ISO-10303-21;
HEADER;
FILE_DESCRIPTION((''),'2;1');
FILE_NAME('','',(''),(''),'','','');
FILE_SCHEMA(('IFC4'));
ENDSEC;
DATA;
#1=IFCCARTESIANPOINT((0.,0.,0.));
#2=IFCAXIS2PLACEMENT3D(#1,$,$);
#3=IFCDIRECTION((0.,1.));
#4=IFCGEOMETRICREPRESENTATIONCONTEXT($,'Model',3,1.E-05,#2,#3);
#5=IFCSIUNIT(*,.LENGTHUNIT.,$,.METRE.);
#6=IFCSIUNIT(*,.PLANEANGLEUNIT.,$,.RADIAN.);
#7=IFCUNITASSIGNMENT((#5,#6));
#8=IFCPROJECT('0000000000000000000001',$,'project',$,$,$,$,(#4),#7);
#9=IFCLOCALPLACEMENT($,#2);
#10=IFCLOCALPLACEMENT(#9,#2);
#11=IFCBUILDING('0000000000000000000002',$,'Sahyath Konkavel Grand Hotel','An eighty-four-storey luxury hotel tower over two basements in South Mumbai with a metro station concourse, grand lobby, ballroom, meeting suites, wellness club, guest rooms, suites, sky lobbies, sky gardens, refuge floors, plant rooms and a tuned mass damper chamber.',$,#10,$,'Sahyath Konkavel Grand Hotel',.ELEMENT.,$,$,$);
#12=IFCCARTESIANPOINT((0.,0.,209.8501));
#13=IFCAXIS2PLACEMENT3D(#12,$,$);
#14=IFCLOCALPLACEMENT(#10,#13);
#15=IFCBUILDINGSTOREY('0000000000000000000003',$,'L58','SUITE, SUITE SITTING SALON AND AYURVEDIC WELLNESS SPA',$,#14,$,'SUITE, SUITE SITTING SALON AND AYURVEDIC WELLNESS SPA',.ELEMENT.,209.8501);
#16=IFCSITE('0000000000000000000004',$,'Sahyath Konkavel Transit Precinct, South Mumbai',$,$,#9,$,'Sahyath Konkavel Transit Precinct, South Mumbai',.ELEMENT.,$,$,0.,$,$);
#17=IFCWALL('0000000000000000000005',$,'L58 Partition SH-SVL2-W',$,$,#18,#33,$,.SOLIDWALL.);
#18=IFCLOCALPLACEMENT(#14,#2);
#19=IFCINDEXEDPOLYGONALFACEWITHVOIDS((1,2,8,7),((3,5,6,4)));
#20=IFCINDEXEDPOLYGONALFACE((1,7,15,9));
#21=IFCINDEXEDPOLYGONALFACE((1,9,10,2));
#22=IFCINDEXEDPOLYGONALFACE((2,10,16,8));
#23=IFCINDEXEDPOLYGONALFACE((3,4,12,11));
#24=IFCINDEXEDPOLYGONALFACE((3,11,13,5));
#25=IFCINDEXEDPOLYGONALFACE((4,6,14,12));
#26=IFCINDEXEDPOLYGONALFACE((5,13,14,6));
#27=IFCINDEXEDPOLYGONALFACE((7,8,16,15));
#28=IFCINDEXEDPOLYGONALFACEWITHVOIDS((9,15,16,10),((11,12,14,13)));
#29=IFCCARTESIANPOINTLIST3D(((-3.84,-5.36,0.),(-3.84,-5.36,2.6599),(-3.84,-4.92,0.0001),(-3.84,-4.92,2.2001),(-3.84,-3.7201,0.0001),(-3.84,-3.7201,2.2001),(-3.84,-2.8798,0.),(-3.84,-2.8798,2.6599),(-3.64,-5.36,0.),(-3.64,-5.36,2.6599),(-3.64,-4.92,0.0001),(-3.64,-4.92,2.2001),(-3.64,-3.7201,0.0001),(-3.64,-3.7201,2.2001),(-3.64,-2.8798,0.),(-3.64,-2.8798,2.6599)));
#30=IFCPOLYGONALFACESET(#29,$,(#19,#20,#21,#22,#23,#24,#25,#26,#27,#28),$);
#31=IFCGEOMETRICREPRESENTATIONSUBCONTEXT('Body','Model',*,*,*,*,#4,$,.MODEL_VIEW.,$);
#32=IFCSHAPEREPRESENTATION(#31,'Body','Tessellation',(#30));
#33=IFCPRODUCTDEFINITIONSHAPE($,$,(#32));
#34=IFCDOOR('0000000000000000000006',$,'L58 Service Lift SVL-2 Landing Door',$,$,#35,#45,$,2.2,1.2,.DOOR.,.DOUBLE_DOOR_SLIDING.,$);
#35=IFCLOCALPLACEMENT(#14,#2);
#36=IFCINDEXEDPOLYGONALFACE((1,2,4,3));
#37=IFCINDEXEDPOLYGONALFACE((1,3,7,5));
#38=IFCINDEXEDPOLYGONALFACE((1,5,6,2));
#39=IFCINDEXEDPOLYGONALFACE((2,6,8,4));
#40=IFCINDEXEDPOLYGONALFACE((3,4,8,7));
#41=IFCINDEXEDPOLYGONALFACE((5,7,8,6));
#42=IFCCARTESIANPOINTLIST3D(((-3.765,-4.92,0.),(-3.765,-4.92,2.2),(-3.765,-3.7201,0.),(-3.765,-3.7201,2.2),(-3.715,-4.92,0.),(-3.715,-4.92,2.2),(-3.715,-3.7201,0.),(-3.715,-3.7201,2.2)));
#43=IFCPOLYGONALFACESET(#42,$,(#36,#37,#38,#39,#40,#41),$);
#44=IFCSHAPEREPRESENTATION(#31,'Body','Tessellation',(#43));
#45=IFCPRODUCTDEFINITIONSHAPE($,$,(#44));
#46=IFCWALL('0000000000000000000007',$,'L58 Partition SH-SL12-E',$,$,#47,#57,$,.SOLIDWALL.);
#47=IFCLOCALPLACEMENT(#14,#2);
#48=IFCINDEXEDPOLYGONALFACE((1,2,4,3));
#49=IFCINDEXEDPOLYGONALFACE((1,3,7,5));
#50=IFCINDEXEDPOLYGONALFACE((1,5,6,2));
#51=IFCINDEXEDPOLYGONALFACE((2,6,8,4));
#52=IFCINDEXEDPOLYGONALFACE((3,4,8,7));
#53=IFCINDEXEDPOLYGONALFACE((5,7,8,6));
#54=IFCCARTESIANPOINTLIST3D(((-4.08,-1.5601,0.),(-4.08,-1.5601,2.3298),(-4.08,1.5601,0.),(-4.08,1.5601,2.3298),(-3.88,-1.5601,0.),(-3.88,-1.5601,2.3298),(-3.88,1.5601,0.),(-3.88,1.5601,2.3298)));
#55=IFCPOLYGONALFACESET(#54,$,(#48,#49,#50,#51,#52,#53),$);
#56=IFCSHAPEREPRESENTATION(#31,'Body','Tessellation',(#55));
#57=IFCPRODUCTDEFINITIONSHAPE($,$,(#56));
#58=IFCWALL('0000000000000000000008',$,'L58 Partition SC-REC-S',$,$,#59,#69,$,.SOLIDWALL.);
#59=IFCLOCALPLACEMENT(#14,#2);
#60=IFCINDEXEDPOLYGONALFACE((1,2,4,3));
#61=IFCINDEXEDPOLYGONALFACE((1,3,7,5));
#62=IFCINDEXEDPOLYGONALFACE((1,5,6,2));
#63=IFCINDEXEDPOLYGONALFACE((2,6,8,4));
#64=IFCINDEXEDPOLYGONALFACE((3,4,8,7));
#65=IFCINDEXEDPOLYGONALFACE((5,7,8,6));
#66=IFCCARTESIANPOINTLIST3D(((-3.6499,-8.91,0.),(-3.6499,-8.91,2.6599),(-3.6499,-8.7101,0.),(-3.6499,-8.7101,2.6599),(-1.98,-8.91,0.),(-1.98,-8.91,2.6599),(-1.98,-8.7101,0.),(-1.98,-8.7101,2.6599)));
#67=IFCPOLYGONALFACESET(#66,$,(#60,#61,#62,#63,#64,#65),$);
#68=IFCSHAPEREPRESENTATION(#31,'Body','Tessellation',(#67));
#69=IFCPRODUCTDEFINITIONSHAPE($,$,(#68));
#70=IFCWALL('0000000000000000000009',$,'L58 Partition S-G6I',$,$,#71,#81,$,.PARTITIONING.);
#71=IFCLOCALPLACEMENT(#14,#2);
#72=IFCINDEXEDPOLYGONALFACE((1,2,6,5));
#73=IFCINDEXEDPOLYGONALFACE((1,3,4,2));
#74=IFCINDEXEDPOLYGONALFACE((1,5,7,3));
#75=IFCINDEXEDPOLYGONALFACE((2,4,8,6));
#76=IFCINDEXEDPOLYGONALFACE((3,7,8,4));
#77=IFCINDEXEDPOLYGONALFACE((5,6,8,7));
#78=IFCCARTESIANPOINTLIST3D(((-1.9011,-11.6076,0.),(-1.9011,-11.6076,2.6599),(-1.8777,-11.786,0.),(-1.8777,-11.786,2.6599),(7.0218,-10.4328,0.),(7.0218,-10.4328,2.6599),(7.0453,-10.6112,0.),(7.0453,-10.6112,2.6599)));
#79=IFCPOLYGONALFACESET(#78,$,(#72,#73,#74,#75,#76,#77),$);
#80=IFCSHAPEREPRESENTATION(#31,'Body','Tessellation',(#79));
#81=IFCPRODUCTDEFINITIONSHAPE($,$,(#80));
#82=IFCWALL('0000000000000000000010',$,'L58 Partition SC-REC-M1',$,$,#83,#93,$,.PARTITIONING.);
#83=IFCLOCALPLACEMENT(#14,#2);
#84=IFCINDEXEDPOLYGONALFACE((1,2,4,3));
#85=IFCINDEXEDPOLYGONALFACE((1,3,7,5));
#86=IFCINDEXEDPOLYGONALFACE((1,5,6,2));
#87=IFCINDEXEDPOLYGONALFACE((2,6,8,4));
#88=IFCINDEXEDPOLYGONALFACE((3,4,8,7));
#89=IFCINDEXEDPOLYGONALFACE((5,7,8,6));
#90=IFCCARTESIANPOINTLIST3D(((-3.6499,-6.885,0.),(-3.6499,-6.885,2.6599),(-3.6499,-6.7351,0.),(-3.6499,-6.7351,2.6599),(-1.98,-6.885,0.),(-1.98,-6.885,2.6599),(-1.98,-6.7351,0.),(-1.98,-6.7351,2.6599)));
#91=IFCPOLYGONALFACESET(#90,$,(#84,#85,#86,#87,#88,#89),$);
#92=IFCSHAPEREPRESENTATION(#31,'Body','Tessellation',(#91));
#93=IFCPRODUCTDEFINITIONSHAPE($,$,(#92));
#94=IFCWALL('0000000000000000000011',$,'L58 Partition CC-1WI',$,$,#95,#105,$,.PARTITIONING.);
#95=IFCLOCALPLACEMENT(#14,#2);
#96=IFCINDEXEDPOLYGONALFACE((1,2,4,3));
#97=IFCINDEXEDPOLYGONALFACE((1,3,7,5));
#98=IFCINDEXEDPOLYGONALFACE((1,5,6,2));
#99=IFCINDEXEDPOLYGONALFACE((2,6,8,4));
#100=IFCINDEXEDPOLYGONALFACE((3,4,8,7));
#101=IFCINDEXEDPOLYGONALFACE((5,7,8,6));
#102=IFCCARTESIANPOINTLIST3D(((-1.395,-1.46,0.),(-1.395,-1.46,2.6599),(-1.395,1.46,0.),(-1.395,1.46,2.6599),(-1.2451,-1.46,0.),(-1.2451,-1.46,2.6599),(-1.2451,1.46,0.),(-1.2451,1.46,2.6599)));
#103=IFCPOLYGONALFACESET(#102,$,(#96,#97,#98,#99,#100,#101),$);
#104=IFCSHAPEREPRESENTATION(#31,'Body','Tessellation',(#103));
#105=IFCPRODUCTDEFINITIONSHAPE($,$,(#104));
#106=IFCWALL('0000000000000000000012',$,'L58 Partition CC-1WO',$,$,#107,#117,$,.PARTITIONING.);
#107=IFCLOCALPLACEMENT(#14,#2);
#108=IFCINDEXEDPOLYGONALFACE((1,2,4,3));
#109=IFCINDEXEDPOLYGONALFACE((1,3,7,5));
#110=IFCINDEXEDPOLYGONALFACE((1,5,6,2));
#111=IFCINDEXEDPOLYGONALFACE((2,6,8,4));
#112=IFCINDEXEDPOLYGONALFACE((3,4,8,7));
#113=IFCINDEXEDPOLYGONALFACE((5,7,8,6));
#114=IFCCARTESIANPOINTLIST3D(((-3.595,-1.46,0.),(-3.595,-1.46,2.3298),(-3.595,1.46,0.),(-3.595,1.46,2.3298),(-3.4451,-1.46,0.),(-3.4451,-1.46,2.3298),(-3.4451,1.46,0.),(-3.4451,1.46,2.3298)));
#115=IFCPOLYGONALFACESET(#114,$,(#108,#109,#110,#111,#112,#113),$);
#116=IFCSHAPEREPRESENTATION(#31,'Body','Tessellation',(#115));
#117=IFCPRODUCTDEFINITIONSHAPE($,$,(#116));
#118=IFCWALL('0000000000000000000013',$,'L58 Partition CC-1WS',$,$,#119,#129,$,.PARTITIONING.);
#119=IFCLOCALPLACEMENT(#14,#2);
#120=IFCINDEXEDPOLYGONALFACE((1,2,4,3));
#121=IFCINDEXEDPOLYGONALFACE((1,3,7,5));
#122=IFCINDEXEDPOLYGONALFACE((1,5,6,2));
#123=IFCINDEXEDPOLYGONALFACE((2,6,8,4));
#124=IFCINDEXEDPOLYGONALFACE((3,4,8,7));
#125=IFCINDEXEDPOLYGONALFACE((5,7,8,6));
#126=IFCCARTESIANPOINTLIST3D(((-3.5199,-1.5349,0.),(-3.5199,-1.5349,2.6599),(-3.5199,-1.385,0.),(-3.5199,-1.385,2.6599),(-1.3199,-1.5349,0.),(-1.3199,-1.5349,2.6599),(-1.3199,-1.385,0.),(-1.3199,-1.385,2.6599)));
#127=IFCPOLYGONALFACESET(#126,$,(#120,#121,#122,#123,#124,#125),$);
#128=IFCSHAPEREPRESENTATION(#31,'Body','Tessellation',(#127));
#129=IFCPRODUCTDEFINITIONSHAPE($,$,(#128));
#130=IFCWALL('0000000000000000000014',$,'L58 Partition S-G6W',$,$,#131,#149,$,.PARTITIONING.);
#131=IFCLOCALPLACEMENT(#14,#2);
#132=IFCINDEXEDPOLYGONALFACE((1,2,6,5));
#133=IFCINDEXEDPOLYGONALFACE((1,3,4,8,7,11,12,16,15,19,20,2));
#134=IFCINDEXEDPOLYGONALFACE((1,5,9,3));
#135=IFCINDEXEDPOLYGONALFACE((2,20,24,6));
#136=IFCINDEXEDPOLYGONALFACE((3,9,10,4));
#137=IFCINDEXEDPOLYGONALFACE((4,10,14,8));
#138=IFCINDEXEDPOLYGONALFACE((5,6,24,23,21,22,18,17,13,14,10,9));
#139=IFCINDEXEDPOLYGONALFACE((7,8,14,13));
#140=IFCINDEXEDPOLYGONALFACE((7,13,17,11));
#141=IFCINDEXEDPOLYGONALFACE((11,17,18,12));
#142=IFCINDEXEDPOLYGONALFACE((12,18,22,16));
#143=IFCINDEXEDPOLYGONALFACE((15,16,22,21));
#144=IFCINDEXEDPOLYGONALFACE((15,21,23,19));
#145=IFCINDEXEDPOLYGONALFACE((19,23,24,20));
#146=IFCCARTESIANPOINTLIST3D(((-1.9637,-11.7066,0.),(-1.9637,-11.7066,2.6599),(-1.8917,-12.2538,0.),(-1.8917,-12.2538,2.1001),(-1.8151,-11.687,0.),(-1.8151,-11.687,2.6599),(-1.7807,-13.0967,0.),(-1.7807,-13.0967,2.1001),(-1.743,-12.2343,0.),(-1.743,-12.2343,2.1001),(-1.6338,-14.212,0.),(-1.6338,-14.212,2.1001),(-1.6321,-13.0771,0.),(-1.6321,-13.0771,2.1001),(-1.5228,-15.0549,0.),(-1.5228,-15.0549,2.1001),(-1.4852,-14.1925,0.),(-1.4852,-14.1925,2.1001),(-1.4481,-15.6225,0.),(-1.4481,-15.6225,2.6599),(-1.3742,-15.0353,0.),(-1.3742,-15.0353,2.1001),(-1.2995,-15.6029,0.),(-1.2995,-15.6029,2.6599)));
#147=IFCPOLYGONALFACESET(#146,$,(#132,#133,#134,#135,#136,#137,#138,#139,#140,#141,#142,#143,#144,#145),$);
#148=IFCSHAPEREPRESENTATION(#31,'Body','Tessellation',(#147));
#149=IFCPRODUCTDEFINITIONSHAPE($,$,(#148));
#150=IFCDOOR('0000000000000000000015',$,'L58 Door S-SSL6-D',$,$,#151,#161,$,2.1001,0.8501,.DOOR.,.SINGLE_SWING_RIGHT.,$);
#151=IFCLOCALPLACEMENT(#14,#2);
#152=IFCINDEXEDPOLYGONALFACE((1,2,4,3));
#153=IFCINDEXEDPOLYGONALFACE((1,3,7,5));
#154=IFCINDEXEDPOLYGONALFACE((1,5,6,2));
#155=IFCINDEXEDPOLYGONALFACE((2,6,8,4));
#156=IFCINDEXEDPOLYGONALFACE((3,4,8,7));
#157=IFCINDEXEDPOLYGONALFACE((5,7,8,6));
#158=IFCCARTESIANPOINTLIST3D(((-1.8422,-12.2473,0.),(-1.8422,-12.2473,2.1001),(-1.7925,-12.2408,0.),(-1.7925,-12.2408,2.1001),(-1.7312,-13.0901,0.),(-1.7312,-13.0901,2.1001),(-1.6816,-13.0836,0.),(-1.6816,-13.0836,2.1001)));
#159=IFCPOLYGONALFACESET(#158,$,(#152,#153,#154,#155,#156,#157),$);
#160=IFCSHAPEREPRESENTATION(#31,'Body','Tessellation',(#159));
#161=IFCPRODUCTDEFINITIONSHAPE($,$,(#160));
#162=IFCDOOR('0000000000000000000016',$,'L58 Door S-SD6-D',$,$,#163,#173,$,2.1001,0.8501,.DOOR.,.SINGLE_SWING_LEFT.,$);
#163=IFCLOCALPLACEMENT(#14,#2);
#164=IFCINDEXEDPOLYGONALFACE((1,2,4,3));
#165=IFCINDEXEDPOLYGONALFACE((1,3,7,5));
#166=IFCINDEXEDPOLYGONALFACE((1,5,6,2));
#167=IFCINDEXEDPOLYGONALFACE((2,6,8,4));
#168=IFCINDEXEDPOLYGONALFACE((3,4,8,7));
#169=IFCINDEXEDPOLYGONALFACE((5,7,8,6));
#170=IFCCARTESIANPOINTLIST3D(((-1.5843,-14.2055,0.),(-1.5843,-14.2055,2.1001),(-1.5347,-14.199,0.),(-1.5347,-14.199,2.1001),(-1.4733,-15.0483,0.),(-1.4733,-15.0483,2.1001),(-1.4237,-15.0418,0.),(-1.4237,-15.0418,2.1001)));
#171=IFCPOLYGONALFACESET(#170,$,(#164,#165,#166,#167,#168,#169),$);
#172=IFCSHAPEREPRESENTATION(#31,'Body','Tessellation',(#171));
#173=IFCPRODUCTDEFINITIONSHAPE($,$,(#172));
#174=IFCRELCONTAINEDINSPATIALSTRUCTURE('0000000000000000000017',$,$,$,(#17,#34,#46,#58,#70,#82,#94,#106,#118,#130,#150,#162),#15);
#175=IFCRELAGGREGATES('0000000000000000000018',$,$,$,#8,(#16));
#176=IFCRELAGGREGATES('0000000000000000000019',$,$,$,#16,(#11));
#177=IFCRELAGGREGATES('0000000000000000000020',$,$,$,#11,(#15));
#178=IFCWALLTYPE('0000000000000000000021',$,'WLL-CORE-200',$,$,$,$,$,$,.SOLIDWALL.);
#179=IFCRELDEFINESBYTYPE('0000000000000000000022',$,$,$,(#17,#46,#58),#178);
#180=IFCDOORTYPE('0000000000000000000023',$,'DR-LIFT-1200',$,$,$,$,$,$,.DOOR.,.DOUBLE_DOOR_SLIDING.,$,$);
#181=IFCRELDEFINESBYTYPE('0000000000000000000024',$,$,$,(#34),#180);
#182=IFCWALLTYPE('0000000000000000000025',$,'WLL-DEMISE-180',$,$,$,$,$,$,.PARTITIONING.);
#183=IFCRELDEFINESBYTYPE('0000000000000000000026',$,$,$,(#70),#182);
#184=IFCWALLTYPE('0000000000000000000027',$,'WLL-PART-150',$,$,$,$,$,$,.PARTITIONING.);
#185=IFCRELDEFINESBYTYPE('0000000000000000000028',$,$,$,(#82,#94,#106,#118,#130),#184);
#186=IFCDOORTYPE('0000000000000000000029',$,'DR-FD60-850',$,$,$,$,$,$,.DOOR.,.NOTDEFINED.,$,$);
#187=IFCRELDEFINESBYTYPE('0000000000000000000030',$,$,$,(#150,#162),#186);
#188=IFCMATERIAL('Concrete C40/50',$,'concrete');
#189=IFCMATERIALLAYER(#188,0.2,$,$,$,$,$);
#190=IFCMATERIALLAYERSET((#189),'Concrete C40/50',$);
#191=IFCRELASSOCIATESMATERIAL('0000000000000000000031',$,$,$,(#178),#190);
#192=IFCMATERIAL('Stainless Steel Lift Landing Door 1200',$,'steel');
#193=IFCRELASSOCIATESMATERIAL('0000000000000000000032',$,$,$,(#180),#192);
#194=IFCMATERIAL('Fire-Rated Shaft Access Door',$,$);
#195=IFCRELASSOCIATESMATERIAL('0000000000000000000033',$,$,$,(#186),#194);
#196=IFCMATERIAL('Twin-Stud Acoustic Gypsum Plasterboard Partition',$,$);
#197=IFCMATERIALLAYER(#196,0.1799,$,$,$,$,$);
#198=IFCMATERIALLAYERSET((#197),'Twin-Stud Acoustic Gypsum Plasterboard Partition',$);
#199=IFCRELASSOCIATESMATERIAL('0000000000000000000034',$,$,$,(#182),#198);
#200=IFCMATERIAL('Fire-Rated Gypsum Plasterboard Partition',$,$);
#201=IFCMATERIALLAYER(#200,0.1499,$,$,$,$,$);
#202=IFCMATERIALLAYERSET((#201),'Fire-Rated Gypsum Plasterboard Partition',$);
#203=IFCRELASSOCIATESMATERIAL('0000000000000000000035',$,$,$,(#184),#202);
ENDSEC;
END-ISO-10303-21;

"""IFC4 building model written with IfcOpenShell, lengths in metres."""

from ifc_helpers import new_model, si_unit, direction, frame, frame_2d, origin, origin_2d, place, context, subcontext, project, spatial, rectangle, extrude, source, transform, mapped, material, layer, layer_set, type_object, element, fill, save


model = new_model("IFC4")

# Units and contexts
model_context = context("Model", 3, precision=1e-05, world=origin(), true_north=direction((0.0, 1.0)))
body_context = subcontext(model_context, "Body", "Model", "MODEL_VIEW")
ifc_project = project(units=[si_unit("LENGTHUNIT", "METRE"), si_unit("PLANEANGLEUNIT", "RADIAN")], contexts=[model_context])

# Site, building, storey
site_placement = place(None, origin())
site = spatial("IfcSite", under=ifc_project, at=site_placement, Name="Sahyath Konkavel Transit Precinct, South Mumbai", LongName="Sahyath Konkavel Transit Precinct, South Mumbai", CompositionType="ELEMENT", RefElevation=0.0)
building_placement = place(site_placement, origin())
building = spatial("IfcBuilding", under=site, at=building_placement, Name="Sahyath Konkavel Grand Hotel", Description="An eighty-four-storey luxury hotel tower over two basements in South Mumbai with a metro station concourse, grand lobby, ballroom, meeting suites, wellness club, guest rooms, suites, sky lobbies, sky gardens, refuge floors, plant rooms and a tuned mass damper chamber.", LongName="Sahyath Konkavel Grand Hotel", CompositionType="ELEMENT")
storey_placement = place(building_placement, frame((0.0, 0.0, 209.8501)))
storey = spatial("IfcBuildingStorey", under=building, at=storey_placement, Name="L58", Description="SUITE, SUITE SITTING SALON AND AYURVEDIC WELLNESS SPA", LongName="SUITE, SUITE SITTING SALON AND AYURVEDIC WELLNESS SPA", CompositionType="ELEMENT", Elevation=209.8501)

# Shared definitions
ifc_material_1 = material(Name="Concrete C40/50", Category="concrete")

# Shared definitions
ifc_layer_1 = layer(ifc_material_1, 0.2)
ifc_layer_set_1 = layer_set([ifc_layer_1], Name="Concrete C40/50")
wall_type_1 = type_object("IfcWallType", Name="WLL-CORE-200", PredefinedType="SOLIDWALL", material=ifc_layer_set_1)
shared_shape_1 = source(origin(), body_context, "Body", "SweptSolid", [
    extrude(rectangle(XDim=0.8501, YDim=0.05, at=origin_2d()), origin(), (0.0, 0.0, 1.0), 2.1001),
])

# Wall, opening, door
wall_1_placement = place(storey_placement, frame((-3.74, -5.3601, 0.0), z_axis=(0.0, 0.0, 1.0), x_axis=(0.0, 1.0, 0.0)))
wall_1 = element("IfcWall", 1, at=wall_1_placement, inside=storey, type_object=wall_type_1, Name="L58 Partition SH-SVL2-W", PredefinedType="SOLIDWALL", context=body_context, shape_type="SweptSolid", body=[
    extrude(rectangle(XDim=2.4802, YDim=0.2, at=frame_2d((1.2402, 0.0))), origin(), (0.0, 0.0, 1.0), 2.6599),
])
opening_1_placement = place(wall_1_placement, frame((0.4399, 0.0, 0.0)))
opening_1 = element("IfcOpeningElement", 2, at=opening_1_placement, cuts=wall_1, PredefinedType="OPENING", context=body_context, shape_type="SweptSolid", body=[
    extrude(rectangle(XDim=1.2, YDim=2.2, at=frame_2d((0.6001, 1.1001))), frame((0.0, 0.1099, 0.0), z_axis=(0.0, -1.0, 0.0), x_axis=(1.0, 0.0, 0.0)), (0.0, 0.0, 1.0), 0.22),
])
ifc_material_2 = material(Name="Stainless Steel Lift Landing Door 1200", Category="steel")
door_type_1 = type_object("IfcDoorType", Name="DR-LIFT-1200", OperationType="DOUBLE_DOOR_SLIDING", PredefinedType="DOOR", material=ifc_material_2)
shared_shape_2 = source(origin(), body_context, "Body", "SweptSolid", [
    extrude(rectangle(XDim=1.2, YDim=0.05, at=origin_2d()), origin(), (0.0, 0.0, 1.0), 2.2),
])
door_1_placement = place(opening_1_placement, frame((0.6001, 0.0, 0.0)))
door_1 = element("IfcDoor", 3, at=door_1_placement, inside=storey, type_object=door_type_1, Name="L58 Service Lift SVL-2 Landing Door", OperationType="DOUBLE_DOOR_SLIDING", OverallHeight=2.2, OverallWidth=1.2, PredefinedType="DOOR", context=body_context, shape_type="MappedRepresentation", body=[
    mapped(shared_shape_2, transform((0.0, 0.0, 0.0), scale=1.0)),
])
fill(opening_1, door_1)

# Wall
wall_2_placement = place(storey_placement, frame((-3.98, -1.5601, 0.0), z_axis=(0.0, 0.0, 1.0), x_axis=(0.0, 1.0, 0.0)))
element("IfcWall", 4, at=wall_2_placement, inside=storey, type_object=wall_type_1, Name="L58 Partition SH-SL12-E", PredefinedType="SOLIDWALL", context=body_context, shape_type="SweptSolid", body=[
    extrude(rectangle(XDim=3.1201, YDim=0.2, at=frame_2d((1.5601, 0.0))), origin(), (0.0, 0.0, 1.0), 2.3298),
])

# Shared definitions
ifc_material_3 = material(Name="Fire-Rated Shaft Access Door")
door_type_2 = type_object("IfcDoorType", Name="DR-FD60-850", OperationType="NOTDEFINED", PredefinedType="DOOR", material=ifc_material_3)

# Walls
wall_3_placement = place(storey_placement, frame((-3.6499, -8.8101, 0.0), z_axis=(0.0, 0.0, 1.0), x_axis=(1.0, 0.0, 0.0)))
element("IfcWall", 5, at=wall_3_placement, inside=storey, type_object=wall_type_1, Name="L58 Partition SC-REC-S", PredefinedType="SOLIDWALL", context=body_context, shape_type="SweptSolid", body=[
    extrude(rectangle(XDim=1.6699, YDim=0.2, at=frame_2d((0.835, 0.0))), origin(), (0.0, 0.0, 1.0), 2.6599),
])
ifc_material_4 = material(Name="Twin-Stud Acoustic Gypsum Plasterboard Partition")
ifc_layer_2 = layer(ifc_material_4, 0.1799)
ifc_layer_set_2 = layer_set([ifc_layer_2], Name="Twin-Stud Acoustic Gypsum Plasterboard Partition")
wall_type_2 = type_object("IfcWallType", Name="WLL-DEMISE-180", PredefinedType="PARTITIONING", material=ifc_layer_set_2)
wall_4_placement = place(storey_placement, frame((-1.8894, -11.6968, 0.0), z_axis=(0.0, 0.0, 1.0), x_axis=(0.991444, 0.130532, 0.0)))
element("IfcWall", 6, at=wall_4_placement, inside=storey, type_object=wall_type_2, Name="L58 Partition S-G6I", PredefinedType="PARTITIONING", context=body_context, shape_type="SweptSolid", body=[
    extrude(rectangle(XDim=9.0, YDim=0.1799, at=frame_2d((4.5, 0.0))), origin(), (0.0, 0.0, 1.0), 2.6599),
])
ifc_material_5 = material(Name="Fire-Rated Gypsum Plasterboard Partition")
ifc_layer_3 = layer(ifc_material_5, 0.1499)
ifc_layer_set_3 = layer_set([ifc_layer_3], Name="Fire-Rated Gypsum Plasterboard Partition")
wall_type_3 = type_object("IfcWallType", Name="WLL-PART-150", PredefinedType="PARTITIONING", material=ifc_layer_set_3)
wall_5_placement = place(storey_placement, frame((-3.6499, -6.8101, 0.0), z_axis=(0.0, 0.0, 1.0), x_axis=(1.0, 0.0, 0.0)))
element("IfcWall", 7, at=wall_5_placement, inside=storey, type_object=wall_type_3, Name="L58 Partition SC-REC-M1", PredefinedType="PARTITIONING", context=body_context, shape_type="SweptSolid", body=[
    extrude(rectangle(XDim=1.6699, YDim=0.1499, at=frame_2d((0.835, 0.0))), origin(), (0.0, 0.0, 1.0), 2.6599),
])
wall_6_placement = place(storey_placement, frame((-1.3201, -1.46, 0.0), z_axis=(0.0, 0.0, 1.0), x_axis=(0.0, 1.0, 0.0)))
element("IfcWall", 8, at=wall_6_placement, inside=storey, type_object=wall_type_3, Name="L58 Partition CC-1WI", PredefinedType="PARTITIONING", context=body_context, shape_type="SweptSolid", body=[
    extrude(rectangle(XDim=2.9199, YDim=0.1499, at=frame_2d((1.46, 0.0))), origin(), (0.0, 0.0, 1.0), 2.6599),
])
wall_7_placement = place(storey_placement, frame((-3.52, -1.46, 0.0), z_axis=(0.0, 0.0, 1.0), x_axis=(0.0, 1.0, 0.0)))
element("IfcWall", 9, at=wall_7_placement, inside=storey, type_object=wall_type_3, Name="L58 Partition CC-1WO", PredefinedType="PARTITIONING", context=body_context, shape_type="SweptSolid", body=[
    extrude(rectangle(XDim=2.9199, YDim=0.1499, at=frame_2d((1.46, 0.0))), origin(), (0.0, 0.0, 1.0), 2.3298),
])
wall_8_placement = place(storey_placement, frame((-3.52, -1.46, 0.0), z_axis=(0.0, 0.0, 1.0), x_axis=(1.0, 0.0, 0.0)))
element("IfcWall", 10, at=wall_8_placement, inside=storey, type_object=wall_type_3, Name="L58 Partition CC-1WS", PredefinedType="PARTITIONING", context=body_context, shape_type="SweptSolid", body=[
    extrude(rectangle(XDim=2.2, YDim=0.1499, at=frame_2d((1.1001, 0.0))), origin(), (0.0, 0.0, 1.0), 2.6599),
])

# Wall, openings, doors
wall_9_placement = place(storey_placement, frame((-1.8894, -11.6968, 0.0), z_axis=(0.0, 0.0, 1.0), x_axis=(0.130544, -0.991443, 0.0)))
wall_9 = element("IfcWall", 11, at=wall_9_placement, inside=storey, type_object=wall_type_3, Name="L58 Partition S-G6W", PredefinedType="PARTITIONING", context=body_context, shape_type="SweptSolid", body=[
    extrude(rectangle(XDim=3.9497, YDim=0.1499, at=frame_2d((1.9749, 0.0))), origin(), (0.0, 0.0, 1.0), 2.6599),
])
opening_2_placement = place(wall_9_placement, frame((0.552, 0.0, 0.0)))
opening_2 = element("IfcOpeningElement", 12, at=opening_2_placement, cuts=wall_9, PredefinedType="OPENING", context=body_context, shape_type="SweptSolid", body=[
    extrude(rectangle(XDim=0.8501, YDim=2.1001, at=frame_2d((0.425, 1.05))), frame((0.0, 0.085, 0.0), z_axis=(0.0, -1.0, 0.0), x_axis=(1.0, 0.0, 0.0)), (0.0, 0.0, 1.0), 0.1699),
])
opening_3_placement = place(wall_9_placement, frame((2.5271, 0.0, 0.0)))
opening_3 = element("IfcOpeningElement", 13, at=opening_3_placement, cuts=wall_9, PredefinedType="OPENING", context=body_context, shape_type="SweptSolid", body=[
    extrude(rectangle(XDim=0.8501, YDim=2.1001, at=frame_2d((0.425, 1.05))), frame((0.0, 0.085, 0.0), z_axis=(0.0, -1.0, 0.0), x_axis=(1.0, 0.0, 0.0)), (0.0, 0.0, 1.0), 0.1699),
])
door_2_placement = place(opening_2_placement, frame((0.425, 0.0, 0.0)))
door_2 = element("IfcDoor", 14, at=door_2_placement, inside=storey, type_object=door_type_2, Name="L58 Door S-SSL6-D", OperationType="SINGLE_SWING_RIGHT", OverallHeight=2.1001, OverallWidth=0.8501, PredefinedType="DOOR", context=body_context, shape_type="MappedRepresentation", body=[
    mapped(shared_shape_1, transform((0.0, 0.0, 0.0), scale=1.0)),
])
fill(opening_2, door_2)
door_3_placement = place(opening_3_placement, frame((0.425, 0.0, 0.0)))
door_3 = element("IfcDoor", 15, at=door_3_placement, inside=storey, type_object=door_type_2, Name="L58 Door S-SD6-D", OperationType="SINGLE_SWING_LEFT", OverallHeight=2.1001, OverallWidth=0.8501, PredefinedType="DOOR", context=body_context, shape_type="MappedRepresentation", body=[
    mapped(shared_shape_1, transform((0.0, 0.0, 0.0), scale=1.0)),
])
fill(opening_3, door_3)

save(model, "model.ifc")
